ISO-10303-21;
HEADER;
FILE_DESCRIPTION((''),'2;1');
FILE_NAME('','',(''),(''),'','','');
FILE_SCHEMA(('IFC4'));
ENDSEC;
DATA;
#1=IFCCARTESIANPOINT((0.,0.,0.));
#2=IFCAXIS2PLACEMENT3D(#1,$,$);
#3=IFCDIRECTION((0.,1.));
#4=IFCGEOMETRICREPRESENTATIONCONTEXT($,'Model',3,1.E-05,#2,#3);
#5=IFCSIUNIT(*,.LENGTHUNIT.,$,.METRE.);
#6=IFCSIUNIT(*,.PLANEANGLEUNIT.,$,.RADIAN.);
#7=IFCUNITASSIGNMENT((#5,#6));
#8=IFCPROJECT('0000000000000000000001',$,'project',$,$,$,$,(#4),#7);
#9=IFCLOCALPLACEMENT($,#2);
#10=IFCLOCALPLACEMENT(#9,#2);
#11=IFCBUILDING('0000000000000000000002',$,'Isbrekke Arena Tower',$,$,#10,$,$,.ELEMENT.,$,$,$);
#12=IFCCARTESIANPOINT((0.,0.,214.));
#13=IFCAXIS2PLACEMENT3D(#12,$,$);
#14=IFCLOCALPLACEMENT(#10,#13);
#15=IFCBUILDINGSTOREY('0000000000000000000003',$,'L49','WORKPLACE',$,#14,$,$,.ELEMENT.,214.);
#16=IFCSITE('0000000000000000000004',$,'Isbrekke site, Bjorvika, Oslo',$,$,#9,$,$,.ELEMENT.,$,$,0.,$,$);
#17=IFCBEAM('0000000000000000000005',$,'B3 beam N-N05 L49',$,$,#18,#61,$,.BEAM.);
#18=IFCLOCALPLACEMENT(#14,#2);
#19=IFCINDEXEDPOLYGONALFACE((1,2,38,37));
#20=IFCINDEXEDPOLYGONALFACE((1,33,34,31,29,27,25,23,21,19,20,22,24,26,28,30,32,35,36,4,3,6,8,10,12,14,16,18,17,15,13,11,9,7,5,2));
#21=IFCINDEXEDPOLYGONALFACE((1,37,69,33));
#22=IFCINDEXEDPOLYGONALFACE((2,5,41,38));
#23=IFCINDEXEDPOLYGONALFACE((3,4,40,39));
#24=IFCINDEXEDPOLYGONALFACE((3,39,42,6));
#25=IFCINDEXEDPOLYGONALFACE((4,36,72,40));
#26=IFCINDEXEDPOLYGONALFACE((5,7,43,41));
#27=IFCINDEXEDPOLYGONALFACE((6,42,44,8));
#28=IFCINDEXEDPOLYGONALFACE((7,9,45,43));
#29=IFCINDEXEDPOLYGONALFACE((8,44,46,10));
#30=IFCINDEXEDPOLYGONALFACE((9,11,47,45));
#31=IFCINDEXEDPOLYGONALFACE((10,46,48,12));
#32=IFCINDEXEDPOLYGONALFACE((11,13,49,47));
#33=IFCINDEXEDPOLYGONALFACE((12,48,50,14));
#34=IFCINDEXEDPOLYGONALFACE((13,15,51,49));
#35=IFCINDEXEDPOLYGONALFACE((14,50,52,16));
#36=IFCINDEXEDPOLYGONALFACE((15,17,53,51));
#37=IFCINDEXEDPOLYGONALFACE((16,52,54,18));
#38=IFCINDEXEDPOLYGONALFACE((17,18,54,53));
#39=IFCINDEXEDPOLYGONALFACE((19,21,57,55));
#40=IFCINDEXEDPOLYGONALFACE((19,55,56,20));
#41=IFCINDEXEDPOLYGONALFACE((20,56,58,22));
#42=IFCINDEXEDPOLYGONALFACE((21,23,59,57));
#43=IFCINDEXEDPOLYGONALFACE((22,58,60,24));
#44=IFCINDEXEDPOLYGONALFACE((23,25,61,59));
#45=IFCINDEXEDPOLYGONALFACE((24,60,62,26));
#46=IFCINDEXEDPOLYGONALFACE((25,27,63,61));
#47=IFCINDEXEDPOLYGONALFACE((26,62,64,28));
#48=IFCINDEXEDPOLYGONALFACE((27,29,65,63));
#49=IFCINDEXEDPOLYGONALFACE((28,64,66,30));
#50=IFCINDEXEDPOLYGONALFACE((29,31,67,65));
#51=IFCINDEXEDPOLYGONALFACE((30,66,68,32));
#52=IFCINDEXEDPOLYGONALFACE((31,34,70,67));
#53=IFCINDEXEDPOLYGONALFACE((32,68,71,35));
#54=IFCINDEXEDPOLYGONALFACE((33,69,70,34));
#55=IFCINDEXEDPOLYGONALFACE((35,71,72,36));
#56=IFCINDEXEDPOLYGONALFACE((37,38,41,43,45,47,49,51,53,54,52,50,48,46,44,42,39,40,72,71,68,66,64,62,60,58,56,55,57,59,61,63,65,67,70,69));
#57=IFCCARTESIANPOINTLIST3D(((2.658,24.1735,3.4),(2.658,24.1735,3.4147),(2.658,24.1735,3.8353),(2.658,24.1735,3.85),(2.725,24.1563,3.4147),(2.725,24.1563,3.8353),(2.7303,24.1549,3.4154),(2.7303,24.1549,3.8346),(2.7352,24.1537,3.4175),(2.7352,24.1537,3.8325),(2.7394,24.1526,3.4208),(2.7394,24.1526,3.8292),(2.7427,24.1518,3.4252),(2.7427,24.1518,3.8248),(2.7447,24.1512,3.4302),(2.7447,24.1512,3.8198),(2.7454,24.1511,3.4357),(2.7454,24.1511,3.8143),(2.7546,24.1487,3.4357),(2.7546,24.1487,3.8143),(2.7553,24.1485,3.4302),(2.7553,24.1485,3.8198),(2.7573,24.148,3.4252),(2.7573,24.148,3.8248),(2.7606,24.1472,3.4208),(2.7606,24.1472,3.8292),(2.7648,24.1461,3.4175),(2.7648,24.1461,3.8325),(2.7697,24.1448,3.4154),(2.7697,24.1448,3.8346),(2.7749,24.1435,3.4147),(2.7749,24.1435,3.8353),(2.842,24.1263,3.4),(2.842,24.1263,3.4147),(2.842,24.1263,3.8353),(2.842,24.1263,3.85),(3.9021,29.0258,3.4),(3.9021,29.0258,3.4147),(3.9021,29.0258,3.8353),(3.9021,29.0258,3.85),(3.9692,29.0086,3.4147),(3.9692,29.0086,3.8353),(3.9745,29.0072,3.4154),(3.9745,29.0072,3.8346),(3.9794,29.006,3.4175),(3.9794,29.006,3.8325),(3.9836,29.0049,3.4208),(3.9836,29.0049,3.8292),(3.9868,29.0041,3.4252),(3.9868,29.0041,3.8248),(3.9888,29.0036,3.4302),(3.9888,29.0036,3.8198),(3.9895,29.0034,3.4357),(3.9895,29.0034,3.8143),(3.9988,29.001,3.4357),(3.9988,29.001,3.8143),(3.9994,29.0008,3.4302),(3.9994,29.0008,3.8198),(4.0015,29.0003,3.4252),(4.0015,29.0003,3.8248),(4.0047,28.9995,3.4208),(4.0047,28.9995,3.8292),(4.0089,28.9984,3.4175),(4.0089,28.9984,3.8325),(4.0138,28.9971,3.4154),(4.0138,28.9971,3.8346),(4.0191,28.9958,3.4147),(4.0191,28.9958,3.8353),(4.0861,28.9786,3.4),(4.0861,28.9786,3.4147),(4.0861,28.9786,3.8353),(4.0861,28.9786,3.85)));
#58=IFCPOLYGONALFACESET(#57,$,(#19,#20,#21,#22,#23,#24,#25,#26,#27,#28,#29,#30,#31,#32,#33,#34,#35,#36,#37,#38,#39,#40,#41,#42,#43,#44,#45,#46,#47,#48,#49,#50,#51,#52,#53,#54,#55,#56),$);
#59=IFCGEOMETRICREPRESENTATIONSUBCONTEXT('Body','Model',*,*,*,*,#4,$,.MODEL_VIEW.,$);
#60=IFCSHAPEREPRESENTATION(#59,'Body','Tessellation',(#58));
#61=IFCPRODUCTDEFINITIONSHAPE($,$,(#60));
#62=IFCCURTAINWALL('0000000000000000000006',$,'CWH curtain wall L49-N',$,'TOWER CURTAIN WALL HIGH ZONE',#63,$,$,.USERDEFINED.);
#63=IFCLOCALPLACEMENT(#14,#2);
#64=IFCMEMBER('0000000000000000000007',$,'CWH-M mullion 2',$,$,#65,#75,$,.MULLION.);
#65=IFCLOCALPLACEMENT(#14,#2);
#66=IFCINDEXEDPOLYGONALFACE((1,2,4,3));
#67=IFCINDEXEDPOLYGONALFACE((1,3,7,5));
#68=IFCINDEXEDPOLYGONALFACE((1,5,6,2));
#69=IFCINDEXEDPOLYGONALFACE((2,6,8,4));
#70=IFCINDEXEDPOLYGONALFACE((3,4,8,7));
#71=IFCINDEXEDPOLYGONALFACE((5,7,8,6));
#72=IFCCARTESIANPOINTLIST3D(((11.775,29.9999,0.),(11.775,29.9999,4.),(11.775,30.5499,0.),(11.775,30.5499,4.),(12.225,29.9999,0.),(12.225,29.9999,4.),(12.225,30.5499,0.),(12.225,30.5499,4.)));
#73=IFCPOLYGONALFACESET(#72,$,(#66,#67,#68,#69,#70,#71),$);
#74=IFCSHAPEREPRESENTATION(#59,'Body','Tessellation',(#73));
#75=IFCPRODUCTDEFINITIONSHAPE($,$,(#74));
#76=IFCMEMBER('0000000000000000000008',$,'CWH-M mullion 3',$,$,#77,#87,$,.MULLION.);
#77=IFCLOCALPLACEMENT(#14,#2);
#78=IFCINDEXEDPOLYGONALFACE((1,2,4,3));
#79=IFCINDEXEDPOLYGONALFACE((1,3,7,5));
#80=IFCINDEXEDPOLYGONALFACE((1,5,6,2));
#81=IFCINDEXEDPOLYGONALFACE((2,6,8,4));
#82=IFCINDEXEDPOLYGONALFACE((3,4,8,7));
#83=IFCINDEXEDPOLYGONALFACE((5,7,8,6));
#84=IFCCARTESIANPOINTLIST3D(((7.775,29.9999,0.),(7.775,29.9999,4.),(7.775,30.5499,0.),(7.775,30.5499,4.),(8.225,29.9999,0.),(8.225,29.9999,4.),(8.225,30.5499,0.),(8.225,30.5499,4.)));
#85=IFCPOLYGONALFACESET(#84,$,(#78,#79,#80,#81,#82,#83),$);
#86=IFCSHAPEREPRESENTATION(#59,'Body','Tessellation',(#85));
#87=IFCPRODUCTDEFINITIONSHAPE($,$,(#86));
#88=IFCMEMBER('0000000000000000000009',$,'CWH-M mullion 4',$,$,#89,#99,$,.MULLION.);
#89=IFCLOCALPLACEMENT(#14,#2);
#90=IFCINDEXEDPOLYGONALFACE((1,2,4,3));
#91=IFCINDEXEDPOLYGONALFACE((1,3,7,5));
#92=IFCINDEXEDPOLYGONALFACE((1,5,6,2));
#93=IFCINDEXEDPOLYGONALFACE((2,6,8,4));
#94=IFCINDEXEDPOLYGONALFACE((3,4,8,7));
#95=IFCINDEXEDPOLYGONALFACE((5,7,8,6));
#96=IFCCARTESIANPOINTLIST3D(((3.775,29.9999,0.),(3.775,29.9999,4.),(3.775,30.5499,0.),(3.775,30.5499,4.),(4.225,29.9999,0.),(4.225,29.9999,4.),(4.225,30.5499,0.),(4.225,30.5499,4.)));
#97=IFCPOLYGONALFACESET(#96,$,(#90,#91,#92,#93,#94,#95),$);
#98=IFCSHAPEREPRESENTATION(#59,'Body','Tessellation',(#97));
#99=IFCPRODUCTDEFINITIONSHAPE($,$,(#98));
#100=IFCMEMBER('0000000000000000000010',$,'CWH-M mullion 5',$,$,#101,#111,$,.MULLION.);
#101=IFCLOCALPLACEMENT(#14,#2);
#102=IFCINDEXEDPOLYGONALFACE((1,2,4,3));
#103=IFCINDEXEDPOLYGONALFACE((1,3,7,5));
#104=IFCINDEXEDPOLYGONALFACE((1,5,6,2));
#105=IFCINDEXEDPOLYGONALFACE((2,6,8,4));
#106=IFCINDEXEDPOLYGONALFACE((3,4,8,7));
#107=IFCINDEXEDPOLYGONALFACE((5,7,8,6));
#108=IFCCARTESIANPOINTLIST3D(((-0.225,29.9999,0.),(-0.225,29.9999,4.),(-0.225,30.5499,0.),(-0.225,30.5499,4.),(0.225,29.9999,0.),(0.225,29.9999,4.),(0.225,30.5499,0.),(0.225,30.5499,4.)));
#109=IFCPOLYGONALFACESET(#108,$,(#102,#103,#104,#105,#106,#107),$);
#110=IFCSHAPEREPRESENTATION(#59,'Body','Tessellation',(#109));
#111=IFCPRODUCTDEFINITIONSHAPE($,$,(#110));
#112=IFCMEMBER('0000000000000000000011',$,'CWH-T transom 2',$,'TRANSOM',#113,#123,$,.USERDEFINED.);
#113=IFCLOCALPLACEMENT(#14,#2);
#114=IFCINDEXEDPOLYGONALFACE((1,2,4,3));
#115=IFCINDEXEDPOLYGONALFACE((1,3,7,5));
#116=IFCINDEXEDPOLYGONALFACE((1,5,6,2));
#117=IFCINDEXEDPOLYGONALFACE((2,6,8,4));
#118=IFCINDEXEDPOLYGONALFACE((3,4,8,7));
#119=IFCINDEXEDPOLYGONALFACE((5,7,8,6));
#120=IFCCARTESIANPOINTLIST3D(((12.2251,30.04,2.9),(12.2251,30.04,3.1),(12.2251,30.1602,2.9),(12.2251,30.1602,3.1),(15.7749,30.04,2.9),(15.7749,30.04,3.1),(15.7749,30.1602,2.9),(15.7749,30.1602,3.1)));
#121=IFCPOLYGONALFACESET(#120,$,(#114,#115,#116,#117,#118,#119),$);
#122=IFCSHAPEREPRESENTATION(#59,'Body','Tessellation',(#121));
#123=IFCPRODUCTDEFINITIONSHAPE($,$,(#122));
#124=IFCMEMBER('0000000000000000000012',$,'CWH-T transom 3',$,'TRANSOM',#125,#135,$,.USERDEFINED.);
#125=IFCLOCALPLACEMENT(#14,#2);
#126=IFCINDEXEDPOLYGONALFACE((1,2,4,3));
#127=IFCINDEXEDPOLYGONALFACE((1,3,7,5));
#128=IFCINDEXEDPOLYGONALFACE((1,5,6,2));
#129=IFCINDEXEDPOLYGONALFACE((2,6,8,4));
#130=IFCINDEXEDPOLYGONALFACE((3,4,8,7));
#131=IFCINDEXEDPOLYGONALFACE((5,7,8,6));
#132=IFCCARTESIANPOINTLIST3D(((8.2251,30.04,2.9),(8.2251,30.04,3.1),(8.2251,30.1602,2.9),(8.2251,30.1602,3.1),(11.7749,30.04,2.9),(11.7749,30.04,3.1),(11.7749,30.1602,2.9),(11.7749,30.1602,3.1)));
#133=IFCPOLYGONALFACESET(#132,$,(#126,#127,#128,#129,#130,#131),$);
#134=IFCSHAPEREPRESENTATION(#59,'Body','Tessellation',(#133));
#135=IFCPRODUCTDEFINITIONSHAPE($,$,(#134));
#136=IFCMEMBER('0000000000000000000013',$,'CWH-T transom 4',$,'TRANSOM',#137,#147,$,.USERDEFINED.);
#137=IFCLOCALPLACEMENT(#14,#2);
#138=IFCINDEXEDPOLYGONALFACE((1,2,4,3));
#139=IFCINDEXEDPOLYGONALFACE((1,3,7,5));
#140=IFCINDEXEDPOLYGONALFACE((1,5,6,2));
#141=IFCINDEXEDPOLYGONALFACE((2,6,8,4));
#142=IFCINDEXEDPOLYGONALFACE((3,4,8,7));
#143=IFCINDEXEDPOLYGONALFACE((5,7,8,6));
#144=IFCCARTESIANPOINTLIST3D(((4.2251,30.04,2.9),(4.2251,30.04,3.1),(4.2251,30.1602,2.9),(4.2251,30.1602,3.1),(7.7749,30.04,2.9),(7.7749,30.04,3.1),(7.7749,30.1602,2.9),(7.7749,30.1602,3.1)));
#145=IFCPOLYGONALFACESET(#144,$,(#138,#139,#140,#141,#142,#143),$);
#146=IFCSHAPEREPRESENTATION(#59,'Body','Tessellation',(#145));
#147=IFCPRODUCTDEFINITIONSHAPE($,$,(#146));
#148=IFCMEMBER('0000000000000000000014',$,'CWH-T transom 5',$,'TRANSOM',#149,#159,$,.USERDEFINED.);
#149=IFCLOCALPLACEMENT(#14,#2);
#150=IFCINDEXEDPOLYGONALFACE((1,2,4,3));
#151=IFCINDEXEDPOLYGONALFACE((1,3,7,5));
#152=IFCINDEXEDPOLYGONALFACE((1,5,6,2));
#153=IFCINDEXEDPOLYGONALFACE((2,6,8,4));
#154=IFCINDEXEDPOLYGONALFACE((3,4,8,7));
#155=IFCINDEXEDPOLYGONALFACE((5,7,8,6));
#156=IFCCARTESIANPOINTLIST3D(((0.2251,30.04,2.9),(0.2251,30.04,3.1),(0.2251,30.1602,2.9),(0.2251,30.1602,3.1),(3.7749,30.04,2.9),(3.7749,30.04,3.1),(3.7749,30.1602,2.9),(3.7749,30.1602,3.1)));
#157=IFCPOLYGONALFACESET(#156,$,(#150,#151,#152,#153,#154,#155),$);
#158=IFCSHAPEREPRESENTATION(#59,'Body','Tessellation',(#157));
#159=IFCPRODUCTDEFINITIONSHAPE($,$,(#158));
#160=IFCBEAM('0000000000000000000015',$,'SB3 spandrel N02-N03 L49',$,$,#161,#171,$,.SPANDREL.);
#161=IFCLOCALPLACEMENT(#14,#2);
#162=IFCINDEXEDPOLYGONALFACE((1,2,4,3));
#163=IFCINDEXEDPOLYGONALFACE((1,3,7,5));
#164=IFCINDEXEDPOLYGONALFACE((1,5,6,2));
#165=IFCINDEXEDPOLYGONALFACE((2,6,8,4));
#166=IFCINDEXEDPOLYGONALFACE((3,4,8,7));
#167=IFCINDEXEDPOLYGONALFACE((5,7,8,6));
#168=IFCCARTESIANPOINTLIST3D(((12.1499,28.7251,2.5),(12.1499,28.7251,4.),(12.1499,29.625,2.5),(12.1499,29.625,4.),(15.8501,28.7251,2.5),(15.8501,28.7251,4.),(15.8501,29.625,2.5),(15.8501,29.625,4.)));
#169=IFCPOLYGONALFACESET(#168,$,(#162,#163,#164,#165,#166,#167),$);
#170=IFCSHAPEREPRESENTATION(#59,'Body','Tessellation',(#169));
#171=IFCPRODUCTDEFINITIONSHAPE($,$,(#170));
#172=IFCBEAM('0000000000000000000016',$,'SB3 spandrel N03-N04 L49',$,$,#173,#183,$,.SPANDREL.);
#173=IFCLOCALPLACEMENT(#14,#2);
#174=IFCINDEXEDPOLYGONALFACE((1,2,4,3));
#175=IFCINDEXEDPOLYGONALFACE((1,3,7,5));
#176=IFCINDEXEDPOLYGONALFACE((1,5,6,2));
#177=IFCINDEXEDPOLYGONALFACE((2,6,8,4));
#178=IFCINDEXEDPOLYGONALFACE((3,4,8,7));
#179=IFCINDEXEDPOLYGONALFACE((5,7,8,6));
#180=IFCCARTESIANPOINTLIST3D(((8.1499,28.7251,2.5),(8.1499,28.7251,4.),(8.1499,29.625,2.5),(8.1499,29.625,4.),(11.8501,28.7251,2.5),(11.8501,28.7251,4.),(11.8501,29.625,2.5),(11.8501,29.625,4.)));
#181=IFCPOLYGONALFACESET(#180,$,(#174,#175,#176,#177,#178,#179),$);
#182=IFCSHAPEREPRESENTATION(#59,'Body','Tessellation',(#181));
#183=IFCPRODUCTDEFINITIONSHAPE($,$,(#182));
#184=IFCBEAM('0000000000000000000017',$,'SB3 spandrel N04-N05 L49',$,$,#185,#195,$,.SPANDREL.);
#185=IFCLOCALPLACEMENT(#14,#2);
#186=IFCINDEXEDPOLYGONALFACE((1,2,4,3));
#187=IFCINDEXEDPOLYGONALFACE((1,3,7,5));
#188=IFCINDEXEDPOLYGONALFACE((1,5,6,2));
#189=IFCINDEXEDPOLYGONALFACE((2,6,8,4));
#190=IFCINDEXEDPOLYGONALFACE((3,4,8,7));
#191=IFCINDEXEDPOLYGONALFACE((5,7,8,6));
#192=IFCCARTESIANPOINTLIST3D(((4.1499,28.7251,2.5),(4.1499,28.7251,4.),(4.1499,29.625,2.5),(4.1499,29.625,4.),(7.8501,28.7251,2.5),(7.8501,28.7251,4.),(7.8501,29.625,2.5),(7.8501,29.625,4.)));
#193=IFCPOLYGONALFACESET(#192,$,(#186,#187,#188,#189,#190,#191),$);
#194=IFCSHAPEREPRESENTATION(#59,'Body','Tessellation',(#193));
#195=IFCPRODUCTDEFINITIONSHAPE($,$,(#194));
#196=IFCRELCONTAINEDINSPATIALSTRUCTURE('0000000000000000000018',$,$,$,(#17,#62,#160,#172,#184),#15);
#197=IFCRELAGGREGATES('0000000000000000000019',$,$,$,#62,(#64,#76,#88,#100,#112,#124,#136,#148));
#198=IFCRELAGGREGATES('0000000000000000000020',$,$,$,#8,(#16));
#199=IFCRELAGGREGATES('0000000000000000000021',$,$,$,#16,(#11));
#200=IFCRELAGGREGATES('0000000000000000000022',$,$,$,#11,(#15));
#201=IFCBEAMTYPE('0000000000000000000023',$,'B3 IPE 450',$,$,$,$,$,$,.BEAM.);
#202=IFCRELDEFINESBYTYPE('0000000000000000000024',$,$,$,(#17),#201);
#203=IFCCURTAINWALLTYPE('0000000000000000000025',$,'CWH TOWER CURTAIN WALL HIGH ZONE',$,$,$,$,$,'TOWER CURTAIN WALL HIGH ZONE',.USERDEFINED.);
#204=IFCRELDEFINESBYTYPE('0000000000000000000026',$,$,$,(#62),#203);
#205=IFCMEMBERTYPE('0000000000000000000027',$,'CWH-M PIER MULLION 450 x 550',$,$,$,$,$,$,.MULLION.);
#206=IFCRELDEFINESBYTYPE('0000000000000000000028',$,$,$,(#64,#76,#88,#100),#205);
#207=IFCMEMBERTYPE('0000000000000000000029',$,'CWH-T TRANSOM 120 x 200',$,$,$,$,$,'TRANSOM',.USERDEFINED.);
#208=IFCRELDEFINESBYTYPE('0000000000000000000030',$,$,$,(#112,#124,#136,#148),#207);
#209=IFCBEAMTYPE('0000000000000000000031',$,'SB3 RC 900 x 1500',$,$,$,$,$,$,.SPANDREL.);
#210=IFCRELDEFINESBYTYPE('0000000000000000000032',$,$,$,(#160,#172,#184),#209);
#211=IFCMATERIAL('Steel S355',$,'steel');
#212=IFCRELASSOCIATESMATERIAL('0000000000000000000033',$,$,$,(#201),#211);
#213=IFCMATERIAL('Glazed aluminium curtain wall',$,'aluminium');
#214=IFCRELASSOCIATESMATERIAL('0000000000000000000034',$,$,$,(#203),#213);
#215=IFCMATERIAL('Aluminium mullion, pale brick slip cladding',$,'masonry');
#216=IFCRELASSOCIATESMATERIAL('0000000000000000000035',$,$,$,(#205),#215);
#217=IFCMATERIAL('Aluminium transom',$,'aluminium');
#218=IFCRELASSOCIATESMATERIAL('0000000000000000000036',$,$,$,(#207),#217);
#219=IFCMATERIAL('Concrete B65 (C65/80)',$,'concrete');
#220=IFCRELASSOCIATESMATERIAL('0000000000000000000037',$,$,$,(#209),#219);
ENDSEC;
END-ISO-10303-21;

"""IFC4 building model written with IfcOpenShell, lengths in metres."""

from ifc_helpers import new_model, si_unit, direction, frame, origin, origin_2d, place, context, subcontext, project, spatial, rectangle, i_section, extrude, material, material_profile, profile_set, type_object, element, aggregate, save


model = new_model("IFC4")

# Units and contexts
model_context = context("Model", 3, precision=1e-05, world=origin(), true_north=direction((0.0, 1.0)))
body_context = subcontext(model_context, "Body", "Model", "MODEL_VIEW")
ifc_project = project(units=[si_unit("LENGTHUNIT", "METRE"), si_unit("PLANEANGLEUNIT", "RADIAN")], contexts=[model_context])

# Site, building, storey
site_placement = place(None, origin())
site = spatial("IfcSite", under=ifc_project, at=site_placement, Name="Isbrekke site, Bjorvika, Oslo", CompositionType="ELEMENT", RefElevation=0.0)
building_placement = place(site_placement, origin())
building = spatial("IfcBuilding", under=site, at=building_placement, Name="Isbrekke Arena Tower", CompositionType="ELEMENT")
storey_placement = place(building_placement, frame((0.0, 0.0, 214.0)))
storey = spatial("IfcBuildingStorey", under=building, at=storey_placement, Name="L49", Description="WORKPLACE", CompositionType="ELEMENT", Elevation=214.0)

# Beam
ifc_material_1 = material(Name="Steel S355", Category="steel")
ifc_material_profile_1 = material_profile(ifc_material_1, i_section(OverallWidth=0.1899, OverallDepth=0.45, WebThickness=0.0095, FlangeThickness=0.0146, FilletRadius=0.021, at=origin_2d()), Name="IPE 450")
ifc_profile_set_1 = profile_set([ifc_material_profile_1], Name="Steel S355")
beam_type_1 = type_object("IfcBeamType", Name="B3 IPE 450", PredefinedType="BEAM", material=ifc_profile_set_1)
beam_1_placement = place(storey_placement, frame((3.9941, 29.0022, 3.625), z_axis=(-0.248368, -0.968666, 0.0), x_axis=(0.968666, -0.248368, 0.0)))
element("IfcBeam", 1, at=beam_1_placement, inside=storey, type_object=beam_type_1, Name="B3 beam N-N05 L49", PredefinedType="BEAM", context=body_context, shape_type="SweptSolid", body=[
    extrude(i_section(OverallWidth=0.1899, OverallDepth=0.45, WebThickness=0.0095, FlangeThickness=0.0146, FilletRadius=0.021, at=origin_2d()), origin(), (0.0, 0.0, 1.0), 5.0093),
])

# Curtain wall, members
ifc_material_2 = material(Name="Glazed aluminium curtain wall", Category="aluminium")
curtain_wall_type = type_object("IfcCurtainWallType", Name="CWH TOWER CURTAIN WALL HIGH ZONE", ElementType="TOWER CURTAIN WALL HIGH ZONE", PredefinedType="USERDEFINED", material=ifc_material_2)
curtain_wall_placement = place(storey_placement, origin())
curtain_wall = element("IfcCurtainWall", 2, at=curtain_wall_placement, inside=storey, type_object=curtain_wall_type, Name="CWH curtain wall L49-N", ObjectType="TOWER CURTAIN WALL HIGH ZONE", PredefinedType="USERDEFINED")
ifc_material_3 = material(Name="Aluminium mullion, pale brick slip cladding", Category="masonry")
ifc_material_profile_2 = material_profile(ifc_material_3, rectangle(XDim=0.45, YDim=0.55, at=origin_2d()), Name="PIER 450X550")
ifc_profile_set_2 = profile_set([ifc_material_profile_2], Name="Aluminium mullion, pale brick slip cladding")
member_type_1 = type_object("IfcMemberType", Name="CWH-M PIER MULLION 450 x 550", PredefinedType="MULLION", material=ifc_profile_set_2)
member_1_placement = place(storey_placement, frame((12.0, 30.2749, 0.0), z_axis=(0.0, 0.0, 1.0), x_axis=(-1.0, 0.0, 0.0)))
member_1 = element("IfcMember", 3, at=member_1_placement, type_object=member_type_1, Name="CWH-M mullion 2", PredefinedType="MULLION", context=body_context, shape_type="SweptSolid", body=[
    extrude(rectangle(XDim=0.45, YDim=0.55, at=origin_2d()), origin(), (0.0, 0.0, 1.0), 4.0),
])
member_2_placement = place(storey_placement, frame((8.0, 30.2749, 0.0), z_axis=(0.0, 0.0, 1.0), x_axis=(-1.0, 0.0, 0.0)))
member_2 = element("IfcMember", 4, at=member_2_placement, type_object=member_type_1, Name="CWH-M mullion 3", PredefinedType="MULLION", context=body_context, shape_type="SweptSolid", body=[
    extrude(rectangle(XDim=0.45, YDim=0.55, at=origin_2d()), origin(), (0.0, 0.0, 1.0), 4.0),
])
member_3_placement = place(storey_placement, frame((4.0, 30.2749, 0.0), z_axis=(0.0, 0.0, 1.0), x_axis=(-1.0, 0.0, 0.0)))
member_3 = element("IfcMember", 5, at=member_3_placement, type_object=member_type_1, Name="CWH-M mullion 4", PredefinedType="MULLION", context=body_context, shape_type="SweptSolid", body=[
    extrude(rectangle(XDim=0.45, YDim=0.55, at=origin_2d()), origin(), (0.0, 0.0, 1.0), 4.0),
])
member_4_placement = place(storey_placement, frame((0.0, 30.2749, 0.0), z_axis=(0.0, 0.0, 1.0), x_axis=(-1.0, 0.0, 0.0)))
member_4 = element("IfcMember", 6, at=member_4_placement, type_object=member_type_1, Name="CWH-M mullion 5", PredefinedType="MULLION", context=body_context, shape_type="SweptSolid", body=[
    extrude(rectangle(XDim=0.45, YDim=0.55, at=origin_2d()), origin(), (0.0, 0.0, 1.0), 4.0),
])
ifc_material_4 = material(Name="Aluminium transom", Category="aluminium")
ifc_material_profile_3 = material_profile(ifc_material_4, rectangle(XDim=0.1201, YDim=0.2, at=origin_2d()), Name="TRANSOM 120X200")
ifc_profile_set_3 = profile_set([ifc_material_profile_3], Name="Aluminium transom")
member_type_2 = type_object("IfcMemberType", Name="CWH-T TRANSOM 120 x 200", ElementType="TRANSOM", PredefinedType="USERDEFINED", material=ifc_profile_set_3)
member_5_placement = place(storey_placement, frame((15.7749, 30.1001, 3.0), z_axis=(-1.0, 0.0, 0.0), x_axis=(0.0, -1.0, 0.0)))
member_5 = element("IfcMember", 7, at=member_5_placement, type_object=member_type_2, Name="CWH-T transom 2", ObjectType="TRANSOM", PredefinedType="USERDEFINED", context=body_context, shape_type="SweptSolid", body=[
    extrude(rectangle(XDim=0.1201, YDim=0.2, at=origin_2d()), origin(), (0.0, 0.0, 1.0), 3.5498),
])
member_6_placement = place(storey_placement, frame((11.7749, 30.1001, 3.0), z_axis=(-1.0, 0.0, 0.0), x_axis=(0.0, -1.0, 0.0)))
member_6 = element("IfcMember", 8, at=member_6_placement, type_object=member_type_2, Name="CWH-T transom 3", ObjectType="TRANSOM", PredefinedType="USERDEFINED", context=body_context, shape_type="SweptSolid", body=[
    extrude(rectangle(XDim=0.1201, YDim=0.2, at=origin_2d()), origin(), (0.0, 0.0, 1.0), 3.5498),
])
member_7_placement = place(storey_placement, frame((7.7749, 30.1001, 3.0), z_axis=(-1.0, 0.0, 0.0), x_axis=(0.0, -1.0, 0.0)))
member_7 = element("IfcMember", 9, at=member_7_placement, type_object=member_type_2, Name="CWH-T transom 4", ObjectType="TRANSOM", PredefinedType="USERDEFINED", context=body_context, shape_type="SweptSolid", body=[
    extrude(rectangle(XDim=0.1201, YDim=0.2, at=origin_2d()), origin(), (0.0, 0.0, 1.0), 3.5498),
])
member_8_placement = place(storey_placement, frame((3.7749, 30.1001, 3.0), z_axis=(-1.0, 0.0, 0.0), x_axis=(0.0, -1.0, 0.0)))
member_8 = element("IfcMember", 10, at=member_8_placement, type_object=member_type_2, Name="CWH-T transom 5", ObjectType="TRANSOM", PredefinedType="USERDEFINED", context=body_context, shape_type="SweptSolid", body=[
    extrude(rectangle(XDim=0.1201, YDim=0.2, at=origin_2d()), origin(), (0.0, 0.0, 1.0), 3.5498),
])

# Beams
ifc_material_5 = material(Name="Concrete B65 (C65/80)", Category="concrete")
ifc_material_profile_4 = material_profile(ifc_material_5, rectangle(XDim=0.8999, YDim=1.5, at=origin_2d()), Name="RC 900x1500")
ifc_profile_set_4 = profile_set([ifc_material_profile_4], Name="Concrete B65 (C65/80)")
beam_type_2 = type_object("IfcBeamType", Name="SB3 RC 900 x 1500", PredefinedType="SPANDREL", material=ifc_profile_set_4)
for number, where, z_axis, x_axis, name in (
    (11, (15.8501, 29.175, 3.25), (-1.0, 0.0, 0.0), (0.0, -1.0, 0.0), "SB3 spandrel N02-N03 L49"),
    (12, (11.8501, 29.175, 3.25), (-1.0, 0.0, 0.0), (0.0, -1.0, 0.0), "SB3 spandrel N03-N04 L49"),
    (13, (7.8501, 29.175, 3.25), (-1.0, 0.0, 0.0), (0.0, -1.0, 0.0), "SB3 spandrel N04-N05 L49"),
):
    element("IfcBeam", number, at=place(storey_placement, frame(where, z_axis=z_axis, x_axis=x_axis)), inside=storey, type_object=beam_type_2, Name=name, PredefinedType="SPANDREL", context=body_context, shape_type="SweptSolid", body=[
        extrude(rectangle(XDim=0.8999, YDim=1.5, at=origin_2d()), origin(), (0.0, 0.0, 1.0), 3.7002),
    ])

aggregate(curtain_wall, [member_1, member_2, member_3, member_4, member_5, member_6, member_7, member_8])

save(model, "model.ifc")
